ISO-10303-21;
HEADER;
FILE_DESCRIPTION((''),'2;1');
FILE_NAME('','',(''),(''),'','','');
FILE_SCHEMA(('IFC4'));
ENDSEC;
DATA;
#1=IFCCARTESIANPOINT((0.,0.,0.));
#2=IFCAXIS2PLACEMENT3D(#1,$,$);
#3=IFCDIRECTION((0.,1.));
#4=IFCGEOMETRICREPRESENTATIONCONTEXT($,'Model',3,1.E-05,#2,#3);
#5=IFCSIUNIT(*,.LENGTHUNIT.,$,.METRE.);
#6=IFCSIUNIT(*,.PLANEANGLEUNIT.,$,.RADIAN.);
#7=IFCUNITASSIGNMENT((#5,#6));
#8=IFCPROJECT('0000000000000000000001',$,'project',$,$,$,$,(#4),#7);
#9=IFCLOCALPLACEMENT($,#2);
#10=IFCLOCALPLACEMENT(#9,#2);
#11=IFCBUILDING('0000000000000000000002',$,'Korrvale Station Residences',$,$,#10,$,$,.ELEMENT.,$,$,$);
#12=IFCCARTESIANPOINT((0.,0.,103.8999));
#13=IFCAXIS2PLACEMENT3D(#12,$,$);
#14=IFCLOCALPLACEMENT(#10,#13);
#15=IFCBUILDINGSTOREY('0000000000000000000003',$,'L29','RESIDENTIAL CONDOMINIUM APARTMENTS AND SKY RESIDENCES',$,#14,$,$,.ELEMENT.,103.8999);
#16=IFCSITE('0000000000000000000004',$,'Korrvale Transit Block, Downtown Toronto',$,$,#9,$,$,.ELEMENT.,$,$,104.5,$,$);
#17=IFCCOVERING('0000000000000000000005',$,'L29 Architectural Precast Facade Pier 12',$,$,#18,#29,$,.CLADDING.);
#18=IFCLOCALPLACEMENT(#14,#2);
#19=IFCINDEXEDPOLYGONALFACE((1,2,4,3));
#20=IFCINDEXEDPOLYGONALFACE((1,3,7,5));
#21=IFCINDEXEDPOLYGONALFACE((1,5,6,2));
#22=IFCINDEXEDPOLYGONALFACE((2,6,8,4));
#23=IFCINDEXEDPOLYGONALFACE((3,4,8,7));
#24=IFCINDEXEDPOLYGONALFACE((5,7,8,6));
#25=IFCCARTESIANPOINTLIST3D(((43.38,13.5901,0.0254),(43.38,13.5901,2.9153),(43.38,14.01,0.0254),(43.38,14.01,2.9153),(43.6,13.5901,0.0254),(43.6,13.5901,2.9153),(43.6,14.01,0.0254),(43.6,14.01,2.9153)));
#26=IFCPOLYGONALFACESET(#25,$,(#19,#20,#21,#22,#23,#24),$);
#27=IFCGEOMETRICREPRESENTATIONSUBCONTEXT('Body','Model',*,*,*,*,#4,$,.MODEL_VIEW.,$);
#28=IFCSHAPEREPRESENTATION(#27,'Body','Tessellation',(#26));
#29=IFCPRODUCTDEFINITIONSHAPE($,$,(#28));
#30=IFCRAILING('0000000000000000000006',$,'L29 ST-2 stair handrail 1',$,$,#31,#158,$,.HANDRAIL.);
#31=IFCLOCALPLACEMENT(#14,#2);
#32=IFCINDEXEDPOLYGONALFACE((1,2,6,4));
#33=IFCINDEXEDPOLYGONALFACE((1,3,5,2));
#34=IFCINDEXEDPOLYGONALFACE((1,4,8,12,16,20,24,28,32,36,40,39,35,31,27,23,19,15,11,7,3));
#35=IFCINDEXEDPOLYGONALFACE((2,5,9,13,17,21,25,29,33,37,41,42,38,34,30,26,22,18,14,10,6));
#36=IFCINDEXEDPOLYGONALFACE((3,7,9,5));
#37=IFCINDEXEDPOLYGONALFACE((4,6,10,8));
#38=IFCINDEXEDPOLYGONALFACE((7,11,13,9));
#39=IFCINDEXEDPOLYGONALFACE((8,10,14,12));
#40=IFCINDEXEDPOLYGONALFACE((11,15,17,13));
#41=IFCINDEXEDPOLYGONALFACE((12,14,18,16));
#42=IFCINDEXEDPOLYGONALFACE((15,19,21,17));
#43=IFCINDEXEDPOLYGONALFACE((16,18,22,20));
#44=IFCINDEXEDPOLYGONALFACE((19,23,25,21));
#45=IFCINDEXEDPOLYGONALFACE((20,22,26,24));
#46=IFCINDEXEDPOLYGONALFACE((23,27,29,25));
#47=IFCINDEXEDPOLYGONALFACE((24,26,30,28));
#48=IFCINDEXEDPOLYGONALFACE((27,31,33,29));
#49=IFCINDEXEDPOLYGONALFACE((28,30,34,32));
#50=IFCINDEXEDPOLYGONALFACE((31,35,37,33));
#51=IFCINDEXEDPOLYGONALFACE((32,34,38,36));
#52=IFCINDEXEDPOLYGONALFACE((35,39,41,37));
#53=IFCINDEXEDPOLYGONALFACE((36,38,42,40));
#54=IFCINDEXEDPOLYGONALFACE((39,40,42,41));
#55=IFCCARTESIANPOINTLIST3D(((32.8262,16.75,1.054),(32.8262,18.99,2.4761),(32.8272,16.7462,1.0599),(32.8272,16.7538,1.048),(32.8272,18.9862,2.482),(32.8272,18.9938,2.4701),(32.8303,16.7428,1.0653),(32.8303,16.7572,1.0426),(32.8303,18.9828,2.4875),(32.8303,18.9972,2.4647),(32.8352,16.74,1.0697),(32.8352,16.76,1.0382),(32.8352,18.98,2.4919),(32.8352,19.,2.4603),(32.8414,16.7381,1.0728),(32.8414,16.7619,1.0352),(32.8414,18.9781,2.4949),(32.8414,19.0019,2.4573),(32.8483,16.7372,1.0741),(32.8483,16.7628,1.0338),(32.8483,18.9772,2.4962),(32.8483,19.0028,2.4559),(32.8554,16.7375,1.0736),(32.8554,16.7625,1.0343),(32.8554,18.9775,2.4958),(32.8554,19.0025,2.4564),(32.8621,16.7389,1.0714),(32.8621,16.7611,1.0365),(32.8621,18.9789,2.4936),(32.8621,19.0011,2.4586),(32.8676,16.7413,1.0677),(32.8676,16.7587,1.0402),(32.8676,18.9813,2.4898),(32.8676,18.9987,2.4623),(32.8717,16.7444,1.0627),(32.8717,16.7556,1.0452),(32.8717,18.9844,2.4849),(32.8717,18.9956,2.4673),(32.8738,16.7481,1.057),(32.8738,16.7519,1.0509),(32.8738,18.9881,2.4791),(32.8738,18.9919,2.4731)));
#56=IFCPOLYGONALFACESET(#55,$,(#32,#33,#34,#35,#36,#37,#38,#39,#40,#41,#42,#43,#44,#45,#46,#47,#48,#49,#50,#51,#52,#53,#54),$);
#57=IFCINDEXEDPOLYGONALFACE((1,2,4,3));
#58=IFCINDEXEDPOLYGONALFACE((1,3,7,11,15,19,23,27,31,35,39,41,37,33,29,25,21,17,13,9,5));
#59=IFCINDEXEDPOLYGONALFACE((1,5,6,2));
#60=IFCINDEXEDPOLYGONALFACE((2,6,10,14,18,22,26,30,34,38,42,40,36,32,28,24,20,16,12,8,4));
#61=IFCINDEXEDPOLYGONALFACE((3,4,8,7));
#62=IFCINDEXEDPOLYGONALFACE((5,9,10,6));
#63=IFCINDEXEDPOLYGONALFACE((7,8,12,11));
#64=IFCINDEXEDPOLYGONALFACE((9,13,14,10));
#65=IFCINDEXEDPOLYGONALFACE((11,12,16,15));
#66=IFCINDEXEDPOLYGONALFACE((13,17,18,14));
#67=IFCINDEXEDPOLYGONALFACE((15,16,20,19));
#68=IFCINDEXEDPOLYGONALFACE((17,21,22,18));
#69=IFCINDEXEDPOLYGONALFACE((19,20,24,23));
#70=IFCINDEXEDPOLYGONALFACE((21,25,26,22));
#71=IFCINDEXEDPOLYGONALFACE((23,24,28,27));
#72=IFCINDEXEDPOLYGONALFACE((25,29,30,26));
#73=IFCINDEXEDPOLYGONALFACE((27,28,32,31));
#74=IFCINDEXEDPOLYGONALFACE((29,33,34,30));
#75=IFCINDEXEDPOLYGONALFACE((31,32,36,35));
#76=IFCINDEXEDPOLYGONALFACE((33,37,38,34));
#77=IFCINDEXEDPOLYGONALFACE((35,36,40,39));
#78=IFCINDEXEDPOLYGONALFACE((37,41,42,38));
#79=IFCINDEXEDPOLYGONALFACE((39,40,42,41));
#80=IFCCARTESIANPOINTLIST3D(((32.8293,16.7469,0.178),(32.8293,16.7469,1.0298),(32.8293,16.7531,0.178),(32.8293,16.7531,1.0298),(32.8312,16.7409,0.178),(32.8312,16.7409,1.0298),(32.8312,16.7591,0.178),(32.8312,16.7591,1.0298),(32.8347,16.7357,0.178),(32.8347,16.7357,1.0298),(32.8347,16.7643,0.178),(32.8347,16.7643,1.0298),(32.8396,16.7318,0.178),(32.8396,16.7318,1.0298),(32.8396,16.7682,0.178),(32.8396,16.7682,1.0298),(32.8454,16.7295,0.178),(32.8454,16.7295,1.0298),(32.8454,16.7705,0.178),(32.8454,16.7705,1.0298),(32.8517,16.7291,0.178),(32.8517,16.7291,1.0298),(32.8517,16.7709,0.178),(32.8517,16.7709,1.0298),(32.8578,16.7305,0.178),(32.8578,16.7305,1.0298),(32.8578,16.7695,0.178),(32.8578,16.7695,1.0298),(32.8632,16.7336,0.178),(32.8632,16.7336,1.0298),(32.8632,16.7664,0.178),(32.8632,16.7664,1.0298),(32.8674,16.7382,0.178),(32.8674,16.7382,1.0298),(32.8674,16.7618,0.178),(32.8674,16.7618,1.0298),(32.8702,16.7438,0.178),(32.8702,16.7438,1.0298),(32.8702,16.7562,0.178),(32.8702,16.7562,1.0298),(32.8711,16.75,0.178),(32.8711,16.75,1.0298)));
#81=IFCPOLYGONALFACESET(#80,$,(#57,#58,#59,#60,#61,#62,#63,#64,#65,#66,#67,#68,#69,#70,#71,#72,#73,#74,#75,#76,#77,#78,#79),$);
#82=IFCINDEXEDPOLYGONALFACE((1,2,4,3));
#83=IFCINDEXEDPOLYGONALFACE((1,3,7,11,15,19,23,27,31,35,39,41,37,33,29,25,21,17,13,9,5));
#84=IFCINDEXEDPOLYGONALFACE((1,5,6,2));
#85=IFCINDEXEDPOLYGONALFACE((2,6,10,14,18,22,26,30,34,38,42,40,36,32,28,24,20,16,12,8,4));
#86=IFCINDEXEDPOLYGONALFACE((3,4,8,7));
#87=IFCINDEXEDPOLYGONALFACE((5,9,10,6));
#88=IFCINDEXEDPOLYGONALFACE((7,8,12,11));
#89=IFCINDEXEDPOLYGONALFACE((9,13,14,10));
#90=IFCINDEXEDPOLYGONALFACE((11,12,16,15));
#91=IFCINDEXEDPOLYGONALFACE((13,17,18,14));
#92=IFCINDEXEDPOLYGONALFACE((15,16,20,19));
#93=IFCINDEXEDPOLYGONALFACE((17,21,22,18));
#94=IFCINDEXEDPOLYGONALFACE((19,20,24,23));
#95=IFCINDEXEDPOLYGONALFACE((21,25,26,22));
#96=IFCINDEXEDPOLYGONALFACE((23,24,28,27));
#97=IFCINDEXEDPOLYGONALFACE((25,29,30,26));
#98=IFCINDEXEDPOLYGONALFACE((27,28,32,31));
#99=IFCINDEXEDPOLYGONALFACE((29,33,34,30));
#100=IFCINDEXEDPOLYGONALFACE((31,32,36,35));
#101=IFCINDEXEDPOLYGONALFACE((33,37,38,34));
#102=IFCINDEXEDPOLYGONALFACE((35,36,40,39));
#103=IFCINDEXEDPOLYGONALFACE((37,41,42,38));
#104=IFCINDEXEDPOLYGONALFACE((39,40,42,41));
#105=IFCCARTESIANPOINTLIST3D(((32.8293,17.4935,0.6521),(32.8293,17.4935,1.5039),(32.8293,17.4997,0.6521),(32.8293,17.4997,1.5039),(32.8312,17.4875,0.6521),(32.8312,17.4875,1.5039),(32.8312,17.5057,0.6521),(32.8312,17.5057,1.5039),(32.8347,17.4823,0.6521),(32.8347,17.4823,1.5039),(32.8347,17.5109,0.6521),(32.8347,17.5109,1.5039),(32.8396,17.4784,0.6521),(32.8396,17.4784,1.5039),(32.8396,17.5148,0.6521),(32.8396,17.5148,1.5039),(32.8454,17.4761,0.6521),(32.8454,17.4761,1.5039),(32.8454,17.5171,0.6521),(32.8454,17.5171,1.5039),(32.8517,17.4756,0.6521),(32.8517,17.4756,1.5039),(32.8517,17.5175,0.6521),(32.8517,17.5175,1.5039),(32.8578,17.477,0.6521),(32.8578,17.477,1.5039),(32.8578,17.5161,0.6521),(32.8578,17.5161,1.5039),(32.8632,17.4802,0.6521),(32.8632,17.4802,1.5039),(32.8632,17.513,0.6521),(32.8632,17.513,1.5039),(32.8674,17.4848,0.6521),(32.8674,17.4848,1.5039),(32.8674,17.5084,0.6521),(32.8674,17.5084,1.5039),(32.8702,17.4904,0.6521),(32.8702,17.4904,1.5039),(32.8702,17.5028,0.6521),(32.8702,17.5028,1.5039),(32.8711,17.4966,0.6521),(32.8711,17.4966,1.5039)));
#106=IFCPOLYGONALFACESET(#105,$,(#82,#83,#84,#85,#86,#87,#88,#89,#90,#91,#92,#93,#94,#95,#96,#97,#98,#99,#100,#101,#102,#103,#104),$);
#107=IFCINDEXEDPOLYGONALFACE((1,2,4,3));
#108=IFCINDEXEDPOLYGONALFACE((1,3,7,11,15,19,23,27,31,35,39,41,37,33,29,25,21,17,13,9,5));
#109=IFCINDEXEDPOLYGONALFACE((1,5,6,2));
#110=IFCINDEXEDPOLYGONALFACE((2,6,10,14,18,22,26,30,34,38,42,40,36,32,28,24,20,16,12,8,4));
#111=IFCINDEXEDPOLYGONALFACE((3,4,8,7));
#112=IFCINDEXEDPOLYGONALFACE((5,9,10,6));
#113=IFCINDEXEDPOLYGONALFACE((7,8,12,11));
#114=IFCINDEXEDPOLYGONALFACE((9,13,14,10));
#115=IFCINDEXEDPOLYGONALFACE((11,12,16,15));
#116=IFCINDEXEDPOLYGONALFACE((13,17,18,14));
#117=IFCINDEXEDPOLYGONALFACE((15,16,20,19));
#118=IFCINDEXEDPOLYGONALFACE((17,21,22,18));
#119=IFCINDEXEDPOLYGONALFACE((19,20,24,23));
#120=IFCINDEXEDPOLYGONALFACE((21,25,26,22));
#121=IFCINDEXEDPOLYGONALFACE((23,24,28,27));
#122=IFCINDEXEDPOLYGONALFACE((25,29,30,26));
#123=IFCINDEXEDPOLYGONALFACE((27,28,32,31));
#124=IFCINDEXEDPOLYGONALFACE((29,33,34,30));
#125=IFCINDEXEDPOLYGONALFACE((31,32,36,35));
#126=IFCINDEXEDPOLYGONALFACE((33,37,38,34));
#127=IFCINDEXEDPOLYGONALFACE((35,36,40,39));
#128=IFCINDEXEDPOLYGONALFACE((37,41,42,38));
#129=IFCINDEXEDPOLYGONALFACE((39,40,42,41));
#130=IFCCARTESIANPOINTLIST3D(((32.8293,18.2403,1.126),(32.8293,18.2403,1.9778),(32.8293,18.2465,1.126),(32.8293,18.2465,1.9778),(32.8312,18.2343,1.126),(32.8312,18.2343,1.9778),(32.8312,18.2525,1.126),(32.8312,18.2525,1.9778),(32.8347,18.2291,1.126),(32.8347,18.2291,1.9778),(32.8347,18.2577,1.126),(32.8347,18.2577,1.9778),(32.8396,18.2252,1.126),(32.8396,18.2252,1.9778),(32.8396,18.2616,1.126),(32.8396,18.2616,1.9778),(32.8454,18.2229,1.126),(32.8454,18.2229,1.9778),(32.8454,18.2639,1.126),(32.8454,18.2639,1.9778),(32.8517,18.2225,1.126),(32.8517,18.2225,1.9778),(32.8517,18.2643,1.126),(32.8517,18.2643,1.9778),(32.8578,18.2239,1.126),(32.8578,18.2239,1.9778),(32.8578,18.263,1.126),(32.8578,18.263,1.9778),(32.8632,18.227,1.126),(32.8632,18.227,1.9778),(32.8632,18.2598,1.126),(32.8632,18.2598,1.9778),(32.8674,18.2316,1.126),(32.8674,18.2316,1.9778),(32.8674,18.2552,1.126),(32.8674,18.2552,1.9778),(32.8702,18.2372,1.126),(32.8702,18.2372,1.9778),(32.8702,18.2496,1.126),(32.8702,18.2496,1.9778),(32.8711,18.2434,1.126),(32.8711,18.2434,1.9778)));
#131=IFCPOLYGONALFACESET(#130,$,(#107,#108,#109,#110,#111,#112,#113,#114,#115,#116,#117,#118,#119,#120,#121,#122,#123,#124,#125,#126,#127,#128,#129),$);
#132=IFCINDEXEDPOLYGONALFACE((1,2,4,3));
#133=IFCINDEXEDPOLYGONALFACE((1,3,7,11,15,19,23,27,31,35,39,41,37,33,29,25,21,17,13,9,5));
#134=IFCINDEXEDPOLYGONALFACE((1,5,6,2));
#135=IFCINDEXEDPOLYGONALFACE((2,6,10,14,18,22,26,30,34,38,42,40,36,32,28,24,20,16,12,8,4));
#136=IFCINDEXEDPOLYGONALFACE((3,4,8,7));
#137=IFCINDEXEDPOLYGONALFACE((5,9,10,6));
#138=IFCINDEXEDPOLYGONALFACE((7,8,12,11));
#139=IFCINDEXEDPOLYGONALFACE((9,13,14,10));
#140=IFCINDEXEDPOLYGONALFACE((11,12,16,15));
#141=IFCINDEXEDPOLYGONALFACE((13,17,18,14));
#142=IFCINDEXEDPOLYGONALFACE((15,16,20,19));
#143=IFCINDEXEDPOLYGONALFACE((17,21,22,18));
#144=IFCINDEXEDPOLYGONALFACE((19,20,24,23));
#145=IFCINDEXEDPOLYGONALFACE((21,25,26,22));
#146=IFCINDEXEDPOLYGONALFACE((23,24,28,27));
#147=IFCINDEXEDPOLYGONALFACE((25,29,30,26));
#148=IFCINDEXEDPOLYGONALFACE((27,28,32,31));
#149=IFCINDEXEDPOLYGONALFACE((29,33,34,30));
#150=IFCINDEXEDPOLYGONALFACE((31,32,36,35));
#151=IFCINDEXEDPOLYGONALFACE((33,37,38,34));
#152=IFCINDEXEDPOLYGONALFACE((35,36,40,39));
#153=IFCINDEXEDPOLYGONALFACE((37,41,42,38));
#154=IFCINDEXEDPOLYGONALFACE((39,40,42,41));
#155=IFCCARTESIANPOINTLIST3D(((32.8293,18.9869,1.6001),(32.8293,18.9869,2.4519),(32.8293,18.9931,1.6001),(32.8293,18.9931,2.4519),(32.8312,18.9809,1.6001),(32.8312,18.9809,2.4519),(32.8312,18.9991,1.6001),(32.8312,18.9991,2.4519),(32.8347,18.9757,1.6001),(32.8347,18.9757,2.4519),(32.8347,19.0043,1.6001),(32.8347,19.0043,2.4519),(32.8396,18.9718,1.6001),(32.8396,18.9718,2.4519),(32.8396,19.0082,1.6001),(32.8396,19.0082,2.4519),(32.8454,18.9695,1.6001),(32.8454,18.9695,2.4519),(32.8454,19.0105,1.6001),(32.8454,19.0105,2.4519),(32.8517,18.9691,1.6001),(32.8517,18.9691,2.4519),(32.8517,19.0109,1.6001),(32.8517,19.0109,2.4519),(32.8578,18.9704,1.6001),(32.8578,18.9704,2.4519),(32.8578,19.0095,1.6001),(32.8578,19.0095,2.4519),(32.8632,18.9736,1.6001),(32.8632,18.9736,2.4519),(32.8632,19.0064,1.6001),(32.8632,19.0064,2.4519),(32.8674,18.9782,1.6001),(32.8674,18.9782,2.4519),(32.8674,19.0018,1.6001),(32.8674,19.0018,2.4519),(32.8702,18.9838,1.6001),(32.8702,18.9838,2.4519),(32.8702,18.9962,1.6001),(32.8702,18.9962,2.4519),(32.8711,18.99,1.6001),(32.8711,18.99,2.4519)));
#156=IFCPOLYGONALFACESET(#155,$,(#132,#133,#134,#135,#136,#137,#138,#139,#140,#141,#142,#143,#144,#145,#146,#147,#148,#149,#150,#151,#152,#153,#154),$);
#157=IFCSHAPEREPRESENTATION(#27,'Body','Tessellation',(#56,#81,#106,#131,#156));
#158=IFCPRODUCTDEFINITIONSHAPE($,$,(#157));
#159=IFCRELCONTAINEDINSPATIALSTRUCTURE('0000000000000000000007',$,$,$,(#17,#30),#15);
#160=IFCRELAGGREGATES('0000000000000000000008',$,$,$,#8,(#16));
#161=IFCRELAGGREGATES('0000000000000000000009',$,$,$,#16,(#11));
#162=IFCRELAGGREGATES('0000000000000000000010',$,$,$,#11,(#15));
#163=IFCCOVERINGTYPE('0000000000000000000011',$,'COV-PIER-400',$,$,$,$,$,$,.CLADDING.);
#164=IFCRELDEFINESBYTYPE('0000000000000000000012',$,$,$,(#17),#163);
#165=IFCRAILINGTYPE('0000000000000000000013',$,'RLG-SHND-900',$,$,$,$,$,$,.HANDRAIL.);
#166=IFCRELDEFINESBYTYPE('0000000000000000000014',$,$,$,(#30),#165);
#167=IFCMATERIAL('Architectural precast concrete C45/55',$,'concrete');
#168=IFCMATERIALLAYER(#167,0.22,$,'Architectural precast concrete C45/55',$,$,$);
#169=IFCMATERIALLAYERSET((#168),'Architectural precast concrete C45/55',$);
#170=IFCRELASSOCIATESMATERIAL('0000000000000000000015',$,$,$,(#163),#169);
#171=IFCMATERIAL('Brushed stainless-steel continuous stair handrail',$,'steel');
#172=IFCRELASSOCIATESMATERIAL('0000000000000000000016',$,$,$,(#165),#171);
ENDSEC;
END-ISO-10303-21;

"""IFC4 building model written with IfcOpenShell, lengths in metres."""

from ifc_helpers import new_model, si_unit, direction, frame, origin, origin_2d, place, context, subcontext, project, spatial, rectangle, circle, extrude, material, layer, layer_set, type_object, element, save


model = new_model("IFC4")

# Units and contexts
model_context = context("Model", 3, precision=1e-05, world=origin(), true_north=direction((0.0, 1.0)))
body_context = subcontext(model_context, "Body", "Model", "MODEL_VIEW")
ifc_project = project(units=[si_unit("LENGTHUNIT", "METRE"), si_unit("PLANEANGLEUNIT", "RADIAN")], contexts=[model_context])

# Site, building, storey
site_placement = place(None, origin())
site = spatial("IfcSite", under=ifc_project, at=site_placement, Name="Korrvale Transit Block, Downtown Toronto", CompositionType="ELEMENT", RefElevation=104.5)
building_placement = place(site_placement, origin())
building = spatial("IfcBuilding", under=site, at=building_placement, Name="Korrvale Station Residences", CompositionType="ELEMENT")
storey_placement = place(building_placement, frame((0.0, 0.0, 103.8999)))
storey = spatial("IfcBuildingStorey", under=building, at=storey_placement, Name="L29", Description="RESIDENTIAL CONDOMINIUM APARTMENTS AND SKY RESIDENCES", CompositionType="ELEMENT", Elevation=103.8999)

# Covering
ifc_material_1 = material(Name="Architectural precast concrete C45/55", Category="concrete")
ifc_layer_1 = layer(ifc_material_1, 0.22, Name="Architectural precast concrete C45/55")
ifc_layer_set_1 = layer_set([ifc_layer_1], Name="Architectural precast concrete C45/55")
covering_type = type_object("IfcCoveringType", Name="COV-PIER-400", PredefinedType="CLADDING", material=ifc_layer_set_1)
for number, where, z_axis, x_axis, name in (
    (1, (43.49, 13.8, 0.0254), (0.0, 0.0, 1.0), (0.0, 1.0, 0.0), "L29 Architectural Precast Facade Pier 12"),
):
    element("IfcCovering", number, at=place(storey_placement, frame(where, z_axis=z_axis, x_axis=x_axis)), inside=storey, type_object=covering_type, Name=name, PredefinedType="CLADDING", context=body_context, shape_type="SweptSolid", body=[
        extrude(rectangle(XDim=0.4199, YDim=0.22, at=origin_2d()), origin(), (0.0, 0.0, 1.0), 2.8899),
    ])

# Railing
ifc_material_2 = material(Name="Brushed stainless-steel continuous stair handrail", Category="steel")
railing_type_1 = type_object("IfcRailingType", Name="RLG-SHND-900", PredefinedType="HANDRAIL", material=ifc_material_2)
railing_1_placement = place(storey_placement, frame((32.8501, 16.75, 0.178)))
element("IfcRailing", 2, at=railing_1_placement, inside=storey, type_object=railing_type_1, Name="L29 ST-2 stair handrail 1", PredefinedType="HANDRAIL", context=body_context, shape_type="SweptSolid", body=[
    extrude(circle(Radius=0.0239, at=origin_2d()), frame((0.0, 0.0, 0.876), z_axis=(0.0, 0.844229, 0.535982), x_axis=(-1.0, 0.0, 0.0)), (0.0, 0.0, 1.0), 2.6533),
    extrude(circle(Radius=0.021, at=origin_2d()), origin(), (0.0, 0.0, 1.0), 0.8518),
    extrude(circle(Radius=0.021, at=origin_2d()), frame((0.0, 0.7466, 0.4741)), (0.0, 0.0, 1.0), 0.8518),
    extrude(circle(Radius=0.021, at=origin_2d()), frame((0.0, 1.4934, 0.948)), (0.0, 0.0, 1.0), 0.8518),
    extrude(circle(Radius=0.021, at=origin_2d()), frame((0.0, 2.24, 1.4221)), (0.0, 0.0, 1.0), 0.8518),
])

save(model, "model.ifc")
